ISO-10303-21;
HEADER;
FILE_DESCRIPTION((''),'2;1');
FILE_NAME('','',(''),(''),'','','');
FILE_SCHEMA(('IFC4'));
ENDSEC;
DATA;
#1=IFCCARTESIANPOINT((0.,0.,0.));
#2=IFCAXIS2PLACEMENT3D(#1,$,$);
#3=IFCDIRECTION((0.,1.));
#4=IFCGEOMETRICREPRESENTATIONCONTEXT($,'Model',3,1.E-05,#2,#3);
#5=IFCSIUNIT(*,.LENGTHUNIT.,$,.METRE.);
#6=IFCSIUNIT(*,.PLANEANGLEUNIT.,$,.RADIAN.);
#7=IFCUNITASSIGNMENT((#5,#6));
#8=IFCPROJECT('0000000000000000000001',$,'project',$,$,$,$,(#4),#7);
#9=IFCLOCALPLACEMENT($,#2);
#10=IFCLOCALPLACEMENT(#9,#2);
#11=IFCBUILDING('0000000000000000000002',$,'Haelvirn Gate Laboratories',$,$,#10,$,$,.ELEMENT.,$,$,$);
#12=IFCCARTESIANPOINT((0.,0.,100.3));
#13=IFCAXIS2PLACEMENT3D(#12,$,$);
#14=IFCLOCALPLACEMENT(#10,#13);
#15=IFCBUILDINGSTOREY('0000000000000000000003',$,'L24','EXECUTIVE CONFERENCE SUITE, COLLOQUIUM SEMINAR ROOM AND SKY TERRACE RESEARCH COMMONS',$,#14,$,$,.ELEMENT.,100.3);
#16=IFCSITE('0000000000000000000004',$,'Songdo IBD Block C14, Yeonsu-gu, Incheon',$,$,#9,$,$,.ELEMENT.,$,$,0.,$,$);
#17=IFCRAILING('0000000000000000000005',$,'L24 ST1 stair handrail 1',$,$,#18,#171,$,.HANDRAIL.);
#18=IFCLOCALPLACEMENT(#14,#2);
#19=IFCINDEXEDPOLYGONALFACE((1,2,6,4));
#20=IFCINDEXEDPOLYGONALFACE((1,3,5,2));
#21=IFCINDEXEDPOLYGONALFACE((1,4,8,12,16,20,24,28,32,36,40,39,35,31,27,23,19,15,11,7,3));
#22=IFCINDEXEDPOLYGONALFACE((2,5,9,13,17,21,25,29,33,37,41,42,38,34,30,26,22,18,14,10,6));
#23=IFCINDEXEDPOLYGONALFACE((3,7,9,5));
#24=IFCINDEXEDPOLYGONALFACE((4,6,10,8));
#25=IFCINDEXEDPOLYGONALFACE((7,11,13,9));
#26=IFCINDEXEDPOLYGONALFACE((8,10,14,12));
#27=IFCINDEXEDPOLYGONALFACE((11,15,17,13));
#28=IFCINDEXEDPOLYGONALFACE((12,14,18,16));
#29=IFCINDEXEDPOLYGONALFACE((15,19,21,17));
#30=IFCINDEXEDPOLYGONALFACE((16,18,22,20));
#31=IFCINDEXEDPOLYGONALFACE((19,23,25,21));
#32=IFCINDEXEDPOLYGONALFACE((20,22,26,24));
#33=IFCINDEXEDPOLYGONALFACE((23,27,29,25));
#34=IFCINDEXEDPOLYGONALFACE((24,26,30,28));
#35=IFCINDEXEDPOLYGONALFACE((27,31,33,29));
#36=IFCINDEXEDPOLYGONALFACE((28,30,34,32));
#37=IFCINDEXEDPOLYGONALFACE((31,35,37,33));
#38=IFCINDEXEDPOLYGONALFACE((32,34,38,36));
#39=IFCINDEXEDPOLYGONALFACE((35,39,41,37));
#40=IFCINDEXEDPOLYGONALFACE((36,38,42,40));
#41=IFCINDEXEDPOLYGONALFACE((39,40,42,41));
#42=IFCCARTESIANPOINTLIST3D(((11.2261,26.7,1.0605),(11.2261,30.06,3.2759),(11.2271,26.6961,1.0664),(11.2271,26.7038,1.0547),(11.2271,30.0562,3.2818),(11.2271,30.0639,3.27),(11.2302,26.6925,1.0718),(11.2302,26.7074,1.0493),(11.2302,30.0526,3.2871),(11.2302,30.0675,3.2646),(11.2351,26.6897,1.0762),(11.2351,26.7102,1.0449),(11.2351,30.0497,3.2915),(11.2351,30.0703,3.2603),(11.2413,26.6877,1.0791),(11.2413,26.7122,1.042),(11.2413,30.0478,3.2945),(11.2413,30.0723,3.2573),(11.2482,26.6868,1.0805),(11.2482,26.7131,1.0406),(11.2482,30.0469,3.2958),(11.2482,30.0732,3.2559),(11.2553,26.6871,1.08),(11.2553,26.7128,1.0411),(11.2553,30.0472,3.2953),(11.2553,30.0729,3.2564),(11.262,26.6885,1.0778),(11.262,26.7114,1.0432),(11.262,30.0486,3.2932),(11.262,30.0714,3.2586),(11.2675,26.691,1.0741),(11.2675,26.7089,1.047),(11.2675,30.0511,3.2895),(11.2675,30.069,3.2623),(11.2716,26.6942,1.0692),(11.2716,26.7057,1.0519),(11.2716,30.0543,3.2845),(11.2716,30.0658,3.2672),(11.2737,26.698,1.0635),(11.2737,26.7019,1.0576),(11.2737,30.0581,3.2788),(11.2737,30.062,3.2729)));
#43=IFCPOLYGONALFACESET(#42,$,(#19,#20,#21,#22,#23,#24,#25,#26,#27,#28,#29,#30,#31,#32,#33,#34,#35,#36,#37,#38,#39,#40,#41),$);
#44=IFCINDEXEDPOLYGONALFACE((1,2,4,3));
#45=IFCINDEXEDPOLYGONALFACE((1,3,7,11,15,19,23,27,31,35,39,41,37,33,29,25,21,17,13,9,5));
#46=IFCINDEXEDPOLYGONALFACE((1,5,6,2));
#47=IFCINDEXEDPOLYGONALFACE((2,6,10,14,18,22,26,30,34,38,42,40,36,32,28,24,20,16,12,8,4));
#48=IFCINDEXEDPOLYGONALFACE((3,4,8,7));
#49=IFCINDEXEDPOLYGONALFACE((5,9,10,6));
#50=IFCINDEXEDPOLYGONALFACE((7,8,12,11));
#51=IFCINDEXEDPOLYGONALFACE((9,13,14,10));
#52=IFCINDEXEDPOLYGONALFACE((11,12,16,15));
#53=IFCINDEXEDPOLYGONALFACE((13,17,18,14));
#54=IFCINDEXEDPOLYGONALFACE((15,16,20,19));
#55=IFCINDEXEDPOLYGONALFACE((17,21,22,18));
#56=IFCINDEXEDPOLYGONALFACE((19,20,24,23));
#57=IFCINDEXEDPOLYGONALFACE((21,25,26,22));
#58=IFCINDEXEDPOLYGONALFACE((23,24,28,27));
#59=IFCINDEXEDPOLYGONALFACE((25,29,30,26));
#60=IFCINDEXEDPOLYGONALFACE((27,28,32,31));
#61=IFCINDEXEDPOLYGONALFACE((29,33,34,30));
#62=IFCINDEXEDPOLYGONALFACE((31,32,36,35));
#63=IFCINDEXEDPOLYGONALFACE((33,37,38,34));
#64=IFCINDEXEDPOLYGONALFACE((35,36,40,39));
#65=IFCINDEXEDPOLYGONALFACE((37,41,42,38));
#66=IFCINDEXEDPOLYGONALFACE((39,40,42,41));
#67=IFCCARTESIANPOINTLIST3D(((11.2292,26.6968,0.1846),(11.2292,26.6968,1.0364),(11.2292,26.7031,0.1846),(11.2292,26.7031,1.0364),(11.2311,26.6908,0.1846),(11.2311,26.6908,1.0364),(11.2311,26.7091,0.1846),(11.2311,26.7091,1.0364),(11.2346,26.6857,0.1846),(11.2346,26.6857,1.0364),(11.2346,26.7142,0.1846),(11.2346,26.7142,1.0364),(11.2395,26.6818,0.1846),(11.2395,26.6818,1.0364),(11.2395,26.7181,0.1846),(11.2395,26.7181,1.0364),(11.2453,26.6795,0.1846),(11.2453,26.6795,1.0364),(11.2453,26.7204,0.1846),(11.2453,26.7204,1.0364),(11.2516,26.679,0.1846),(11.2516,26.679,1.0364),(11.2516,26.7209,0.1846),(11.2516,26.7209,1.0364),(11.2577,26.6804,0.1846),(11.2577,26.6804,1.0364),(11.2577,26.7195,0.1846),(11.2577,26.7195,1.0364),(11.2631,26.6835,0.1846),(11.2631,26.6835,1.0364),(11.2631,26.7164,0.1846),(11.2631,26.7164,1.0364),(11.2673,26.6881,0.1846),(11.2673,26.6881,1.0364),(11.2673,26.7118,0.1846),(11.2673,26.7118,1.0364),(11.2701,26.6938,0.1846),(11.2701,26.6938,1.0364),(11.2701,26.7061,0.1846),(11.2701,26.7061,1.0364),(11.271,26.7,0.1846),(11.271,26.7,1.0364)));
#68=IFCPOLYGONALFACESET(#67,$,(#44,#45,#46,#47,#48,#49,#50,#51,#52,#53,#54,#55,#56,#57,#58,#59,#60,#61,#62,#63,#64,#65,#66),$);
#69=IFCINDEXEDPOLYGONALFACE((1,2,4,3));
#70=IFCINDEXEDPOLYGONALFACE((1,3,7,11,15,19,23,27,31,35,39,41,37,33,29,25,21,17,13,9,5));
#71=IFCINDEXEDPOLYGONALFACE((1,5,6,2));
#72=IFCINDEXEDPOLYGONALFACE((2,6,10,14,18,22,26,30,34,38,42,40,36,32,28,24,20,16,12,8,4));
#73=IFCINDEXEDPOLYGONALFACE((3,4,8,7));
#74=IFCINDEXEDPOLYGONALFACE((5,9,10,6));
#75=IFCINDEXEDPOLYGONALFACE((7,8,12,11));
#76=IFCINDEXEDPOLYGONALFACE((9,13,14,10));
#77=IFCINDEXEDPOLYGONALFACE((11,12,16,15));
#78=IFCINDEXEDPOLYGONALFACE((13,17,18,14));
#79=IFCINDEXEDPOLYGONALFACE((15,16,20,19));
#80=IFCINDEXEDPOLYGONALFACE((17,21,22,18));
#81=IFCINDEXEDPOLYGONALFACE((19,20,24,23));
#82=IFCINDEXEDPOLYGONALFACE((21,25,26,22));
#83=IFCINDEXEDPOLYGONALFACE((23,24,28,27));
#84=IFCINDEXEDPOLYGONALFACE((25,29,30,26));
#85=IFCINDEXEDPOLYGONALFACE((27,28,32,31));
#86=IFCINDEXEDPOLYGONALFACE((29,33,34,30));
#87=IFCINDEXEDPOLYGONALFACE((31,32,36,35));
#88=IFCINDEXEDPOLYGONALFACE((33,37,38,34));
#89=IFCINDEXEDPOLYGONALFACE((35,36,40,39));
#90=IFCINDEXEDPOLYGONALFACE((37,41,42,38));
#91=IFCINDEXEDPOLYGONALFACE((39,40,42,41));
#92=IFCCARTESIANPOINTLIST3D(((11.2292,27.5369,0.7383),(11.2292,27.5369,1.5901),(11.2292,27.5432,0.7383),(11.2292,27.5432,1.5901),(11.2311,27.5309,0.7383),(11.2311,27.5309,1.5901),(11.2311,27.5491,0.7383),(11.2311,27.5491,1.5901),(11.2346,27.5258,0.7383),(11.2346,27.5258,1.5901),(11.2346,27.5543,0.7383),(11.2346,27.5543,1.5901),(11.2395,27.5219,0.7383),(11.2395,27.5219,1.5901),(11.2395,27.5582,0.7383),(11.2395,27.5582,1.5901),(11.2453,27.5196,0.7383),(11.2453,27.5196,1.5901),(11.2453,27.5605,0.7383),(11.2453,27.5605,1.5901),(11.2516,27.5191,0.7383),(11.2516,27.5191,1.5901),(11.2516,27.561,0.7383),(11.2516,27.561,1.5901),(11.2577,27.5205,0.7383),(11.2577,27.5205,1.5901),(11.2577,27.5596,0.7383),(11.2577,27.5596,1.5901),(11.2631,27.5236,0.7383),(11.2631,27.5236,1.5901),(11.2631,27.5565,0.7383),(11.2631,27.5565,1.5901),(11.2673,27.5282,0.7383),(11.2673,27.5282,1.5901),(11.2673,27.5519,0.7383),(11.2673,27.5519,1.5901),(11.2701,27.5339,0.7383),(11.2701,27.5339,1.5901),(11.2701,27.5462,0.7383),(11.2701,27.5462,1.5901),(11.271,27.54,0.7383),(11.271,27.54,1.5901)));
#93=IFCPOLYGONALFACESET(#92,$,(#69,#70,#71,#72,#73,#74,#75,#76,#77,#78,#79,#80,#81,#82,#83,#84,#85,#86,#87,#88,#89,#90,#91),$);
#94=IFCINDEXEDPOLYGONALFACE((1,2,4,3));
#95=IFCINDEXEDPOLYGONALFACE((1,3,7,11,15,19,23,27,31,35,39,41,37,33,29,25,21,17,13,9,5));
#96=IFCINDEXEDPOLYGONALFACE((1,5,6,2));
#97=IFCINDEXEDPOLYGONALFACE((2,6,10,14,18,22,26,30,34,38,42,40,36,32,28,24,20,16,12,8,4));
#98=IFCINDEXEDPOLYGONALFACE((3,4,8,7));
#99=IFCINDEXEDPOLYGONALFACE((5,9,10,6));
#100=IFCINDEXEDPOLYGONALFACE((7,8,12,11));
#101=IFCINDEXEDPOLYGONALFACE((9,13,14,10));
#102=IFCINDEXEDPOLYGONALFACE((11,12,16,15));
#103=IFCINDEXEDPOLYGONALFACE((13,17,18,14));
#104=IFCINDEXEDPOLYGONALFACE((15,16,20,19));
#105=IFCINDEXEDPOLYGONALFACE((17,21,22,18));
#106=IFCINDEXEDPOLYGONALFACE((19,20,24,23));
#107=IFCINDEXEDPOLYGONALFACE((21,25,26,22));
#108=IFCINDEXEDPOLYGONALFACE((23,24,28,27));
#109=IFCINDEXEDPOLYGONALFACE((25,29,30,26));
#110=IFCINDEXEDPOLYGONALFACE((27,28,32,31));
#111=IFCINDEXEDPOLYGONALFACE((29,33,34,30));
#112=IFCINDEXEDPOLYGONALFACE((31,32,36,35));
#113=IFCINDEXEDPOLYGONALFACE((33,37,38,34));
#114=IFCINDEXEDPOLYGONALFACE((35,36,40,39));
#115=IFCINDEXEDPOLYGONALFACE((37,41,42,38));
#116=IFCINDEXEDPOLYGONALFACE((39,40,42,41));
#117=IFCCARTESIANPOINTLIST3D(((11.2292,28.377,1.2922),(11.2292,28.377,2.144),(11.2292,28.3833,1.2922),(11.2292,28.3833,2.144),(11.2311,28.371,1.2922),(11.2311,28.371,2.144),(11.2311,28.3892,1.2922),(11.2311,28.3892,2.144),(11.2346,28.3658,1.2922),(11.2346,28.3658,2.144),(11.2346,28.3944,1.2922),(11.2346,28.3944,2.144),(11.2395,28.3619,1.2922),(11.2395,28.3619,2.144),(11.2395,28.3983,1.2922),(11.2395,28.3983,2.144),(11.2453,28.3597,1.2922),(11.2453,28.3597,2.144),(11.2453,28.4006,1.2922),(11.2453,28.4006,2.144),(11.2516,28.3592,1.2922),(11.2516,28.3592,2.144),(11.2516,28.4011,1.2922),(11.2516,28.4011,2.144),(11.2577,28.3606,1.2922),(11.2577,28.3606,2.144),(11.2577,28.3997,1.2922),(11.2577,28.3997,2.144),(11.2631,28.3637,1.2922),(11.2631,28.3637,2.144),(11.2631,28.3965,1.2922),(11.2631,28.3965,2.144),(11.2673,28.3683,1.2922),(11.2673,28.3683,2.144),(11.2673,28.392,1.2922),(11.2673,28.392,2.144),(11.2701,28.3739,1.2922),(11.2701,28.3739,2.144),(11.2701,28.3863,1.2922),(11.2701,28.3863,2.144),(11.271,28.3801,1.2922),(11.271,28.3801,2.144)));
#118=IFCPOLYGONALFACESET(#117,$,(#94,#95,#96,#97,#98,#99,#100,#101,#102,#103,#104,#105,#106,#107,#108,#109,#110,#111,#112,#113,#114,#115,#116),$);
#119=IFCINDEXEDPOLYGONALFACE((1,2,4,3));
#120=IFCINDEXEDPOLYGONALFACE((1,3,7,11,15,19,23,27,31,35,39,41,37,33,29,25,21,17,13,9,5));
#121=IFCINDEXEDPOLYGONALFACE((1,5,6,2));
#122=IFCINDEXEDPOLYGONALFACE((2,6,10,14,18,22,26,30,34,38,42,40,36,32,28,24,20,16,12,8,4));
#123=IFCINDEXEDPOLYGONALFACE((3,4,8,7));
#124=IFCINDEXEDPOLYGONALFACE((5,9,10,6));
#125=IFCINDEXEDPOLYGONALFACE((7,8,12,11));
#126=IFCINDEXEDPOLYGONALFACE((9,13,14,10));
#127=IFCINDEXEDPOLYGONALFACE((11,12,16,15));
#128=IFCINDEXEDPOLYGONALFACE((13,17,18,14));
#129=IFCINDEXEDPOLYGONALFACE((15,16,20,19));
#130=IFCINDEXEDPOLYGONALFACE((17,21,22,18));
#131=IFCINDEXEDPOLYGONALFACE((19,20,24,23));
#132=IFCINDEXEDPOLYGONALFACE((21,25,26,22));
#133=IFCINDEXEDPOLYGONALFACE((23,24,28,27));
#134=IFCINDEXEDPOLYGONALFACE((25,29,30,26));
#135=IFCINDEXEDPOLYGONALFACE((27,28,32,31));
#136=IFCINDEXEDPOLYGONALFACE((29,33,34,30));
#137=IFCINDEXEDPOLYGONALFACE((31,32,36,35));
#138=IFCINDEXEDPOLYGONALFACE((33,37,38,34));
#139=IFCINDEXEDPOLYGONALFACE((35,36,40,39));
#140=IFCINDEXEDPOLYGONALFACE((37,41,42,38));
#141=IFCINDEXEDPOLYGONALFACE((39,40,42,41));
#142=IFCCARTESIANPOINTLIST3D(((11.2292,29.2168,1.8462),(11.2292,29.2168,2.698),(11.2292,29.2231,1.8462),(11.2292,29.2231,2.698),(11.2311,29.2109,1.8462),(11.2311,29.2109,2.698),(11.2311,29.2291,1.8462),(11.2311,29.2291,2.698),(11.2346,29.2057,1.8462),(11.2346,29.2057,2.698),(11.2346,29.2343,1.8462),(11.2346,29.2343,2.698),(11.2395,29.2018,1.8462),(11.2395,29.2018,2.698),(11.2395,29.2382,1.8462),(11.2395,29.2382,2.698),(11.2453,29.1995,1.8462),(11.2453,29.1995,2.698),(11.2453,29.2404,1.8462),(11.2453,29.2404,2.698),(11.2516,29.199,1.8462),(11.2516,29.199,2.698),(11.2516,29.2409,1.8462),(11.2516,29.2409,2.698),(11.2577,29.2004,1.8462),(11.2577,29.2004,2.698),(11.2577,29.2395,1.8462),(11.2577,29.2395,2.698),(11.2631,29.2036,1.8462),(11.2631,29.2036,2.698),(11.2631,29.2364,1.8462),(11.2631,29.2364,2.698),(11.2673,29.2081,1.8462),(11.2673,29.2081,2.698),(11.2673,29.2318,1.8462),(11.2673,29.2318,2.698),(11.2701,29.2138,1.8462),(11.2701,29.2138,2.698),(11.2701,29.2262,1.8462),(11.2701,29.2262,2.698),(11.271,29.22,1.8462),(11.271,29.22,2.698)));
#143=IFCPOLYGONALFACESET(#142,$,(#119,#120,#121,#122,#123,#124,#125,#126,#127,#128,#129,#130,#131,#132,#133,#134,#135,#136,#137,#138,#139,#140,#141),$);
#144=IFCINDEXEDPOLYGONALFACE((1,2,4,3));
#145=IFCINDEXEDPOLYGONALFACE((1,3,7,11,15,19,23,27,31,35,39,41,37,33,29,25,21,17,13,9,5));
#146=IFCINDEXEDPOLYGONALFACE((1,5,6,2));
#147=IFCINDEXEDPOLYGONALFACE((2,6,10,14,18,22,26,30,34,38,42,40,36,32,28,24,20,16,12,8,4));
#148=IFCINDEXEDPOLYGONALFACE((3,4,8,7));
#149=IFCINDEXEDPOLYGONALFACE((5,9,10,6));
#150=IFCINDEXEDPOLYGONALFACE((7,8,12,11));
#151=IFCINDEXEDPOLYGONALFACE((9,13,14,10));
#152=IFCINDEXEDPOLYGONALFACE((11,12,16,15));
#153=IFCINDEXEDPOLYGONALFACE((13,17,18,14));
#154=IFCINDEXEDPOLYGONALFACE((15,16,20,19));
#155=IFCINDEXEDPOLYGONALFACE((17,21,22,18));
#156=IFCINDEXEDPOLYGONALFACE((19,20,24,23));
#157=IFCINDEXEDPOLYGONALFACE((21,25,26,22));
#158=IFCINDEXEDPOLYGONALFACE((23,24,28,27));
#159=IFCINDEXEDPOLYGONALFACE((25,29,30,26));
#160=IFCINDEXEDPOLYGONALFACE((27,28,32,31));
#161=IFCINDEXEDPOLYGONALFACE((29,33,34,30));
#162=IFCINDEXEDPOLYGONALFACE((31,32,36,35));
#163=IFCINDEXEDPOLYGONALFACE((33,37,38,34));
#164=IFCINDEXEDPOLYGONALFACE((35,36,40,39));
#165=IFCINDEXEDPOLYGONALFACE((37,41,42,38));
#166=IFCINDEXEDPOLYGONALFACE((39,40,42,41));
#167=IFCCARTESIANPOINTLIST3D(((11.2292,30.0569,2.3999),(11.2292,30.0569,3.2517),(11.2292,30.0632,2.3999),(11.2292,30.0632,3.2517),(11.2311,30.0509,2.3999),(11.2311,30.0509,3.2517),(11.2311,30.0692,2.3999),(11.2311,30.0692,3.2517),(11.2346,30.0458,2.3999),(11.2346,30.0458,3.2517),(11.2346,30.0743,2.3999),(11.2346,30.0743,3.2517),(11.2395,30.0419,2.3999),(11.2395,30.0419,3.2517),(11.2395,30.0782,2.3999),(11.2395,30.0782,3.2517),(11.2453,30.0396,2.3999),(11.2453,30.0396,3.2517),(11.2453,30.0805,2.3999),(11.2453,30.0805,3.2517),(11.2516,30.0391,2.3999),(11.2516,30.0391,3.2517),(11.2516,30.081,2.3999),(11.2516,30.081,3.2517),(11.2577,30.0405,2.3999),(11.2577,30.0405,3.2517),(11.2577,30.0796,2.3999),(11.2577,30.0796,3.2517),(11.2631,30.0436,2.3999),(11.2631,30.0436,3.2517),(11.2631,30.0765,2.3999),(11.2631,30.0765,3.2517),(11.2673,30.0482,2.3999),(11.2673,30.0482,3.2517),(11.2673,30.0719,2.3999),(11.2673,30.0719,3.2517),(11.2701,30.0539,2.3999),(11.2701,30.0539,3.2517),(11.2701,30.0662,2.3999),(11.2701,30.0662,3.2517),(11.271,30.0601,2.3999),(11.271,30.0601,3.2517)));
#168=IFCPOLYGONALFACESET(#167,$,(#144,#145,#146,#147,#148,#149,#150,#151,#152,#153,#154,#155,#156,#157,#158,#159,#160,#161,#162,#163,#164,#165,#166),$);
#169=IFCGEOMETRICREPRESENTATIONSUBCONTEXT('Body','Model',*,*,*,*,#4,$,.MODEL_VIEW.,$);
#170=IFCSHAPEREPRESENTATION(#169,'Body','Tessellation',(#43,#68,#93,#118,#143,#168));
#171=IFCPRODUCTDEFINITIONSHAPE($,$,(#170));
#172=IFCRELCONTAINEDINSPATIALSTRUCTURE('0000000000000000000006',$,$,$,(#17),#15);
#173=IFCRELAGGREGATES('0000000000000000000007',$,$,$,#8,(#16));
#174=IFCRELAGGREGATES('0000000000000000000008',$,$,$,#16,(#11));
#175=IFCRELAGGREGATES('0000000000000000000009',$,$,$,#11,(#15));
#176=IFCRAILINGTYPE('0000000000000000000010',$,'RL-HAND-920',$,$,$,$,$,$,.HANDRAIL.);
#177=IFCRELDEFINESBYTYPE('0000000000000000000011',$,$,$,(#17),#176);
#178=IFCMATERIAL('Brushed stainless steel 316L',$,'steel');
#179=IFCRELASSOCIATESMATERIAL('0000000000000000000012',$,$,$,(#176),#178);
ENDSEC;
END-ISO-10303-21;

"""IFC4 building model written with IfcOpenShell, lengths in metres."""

from ifc_helpers import new_model, si_unit, direction, frame, origin, origin_2d, place, context, subcontext, project, spatial, circle, extrude, source, transform, mapped, material, type_object, type_shapes, element, save


model = new_model("IFC4")

# Units and contexts
model_context = context("Model", 3, precision=1e-05, world=origin(), true_north=direction((0.0, 1.0)))
body_context = subcontext(model_context, "Body", "Model", "MODEL_VIEW")
ifc_project = project(units=[si_unit("LENGTHUNIT", "METRE"), si_unit("PLANEANGLEUNIT", "RADIAN")], contexts=[model_context])

# Site, building, storey
site_placement = place(None, origin())
site = spatial("IfcSite", under=ifc_project, at=site_placement, Name="Songdo IBD Block C14, Yeonsu-gu, Incheon", CompositionType="ELEMENT", RefElevation=0.0)
building_placement = place(site_placement, origin())
building = spatial("IfcBuilding", under=site, at=building_placement, Name="Haelvirn Gate Laboratories", CompositionType="ELEMENT")
storey_placement = place(building_placement, frame((0.0, 0.0, 100.3)))
storey = spatial("IfcBuildingStorey", under=building, at=storey_placement, Name="L24", Description="EXECUTIVE CONFERENCE SUITE, COLLOQUIUM SEMINAR ROOM AND SKY TERRACE RESEARCH COMMONS", CompositionType="ELEMENT", Elevation=100.3)

# Railing
ifc_material_1 = material(Name="Brushed stainless steel 316L", Category="steel")
railing_type = type_object("IfcRailingType", Name="RL-HAND-920", PredefinedType="HANDRAIL", material=ifc_material_1)
shared_shape_1 = source(origin(), body_context, "Body", "SweptSolid", [
    extrude(circle(Radius=0.0239, at=origin_2d()), frame((0.0, 0.0, 0.876), z_axis=(0.0, 0.834876, 0.550437), x_axis=(-1.0, 0.0, 0.0)), (0.0, 0.0, 1.0), 4.0247),
    extrude(circle(Radius=0.021, at=origin_2d()), origin(), (0.0, 0.0, 1.0), 0.8518),
    extrude(circle(Radius=0.021, at=origin_2d()), frame((0.0, 0.8401, 0.5537)), (0.0, 0.0, 1.0), 0.8518),
    extrude(circle(Radius=0.021, at=origin_2d()), frame((0.0, 1.6802, 1.1077)), (0.0, 0.0, 1.0), 0.8518),
    extrude(circle(Radius=0.021, at=origin_2d()), frame((0.0, 2.52, 1.6616)), (0.0, 0.0, 1.0), 0.8518),
    extrude(circle(Radius=0.021, at=origin_2d()), frame((0.0, 3.3601, 2.2153)), (0.0, 0.0, 1.0), 0.8518),
])
type_shapes(railing_type, [shared_shape_1])
railing_placement = place(storey_placement, frame((11.25, 26.7, 0.1846)))
element("IfcRailing", 1, at=railing_placement, inside=storey, type_object=railing_type, Name="L24 ST1 stair handrail 1", PredefinedType="HANDRAIL", context=body_context, shape_type="MappedRepresentation", body=[
    mapped(shared_shape_1, transform((0.0, 0.0, 0.0), scale=1.0)),
])

save(model, "model.ifc")
